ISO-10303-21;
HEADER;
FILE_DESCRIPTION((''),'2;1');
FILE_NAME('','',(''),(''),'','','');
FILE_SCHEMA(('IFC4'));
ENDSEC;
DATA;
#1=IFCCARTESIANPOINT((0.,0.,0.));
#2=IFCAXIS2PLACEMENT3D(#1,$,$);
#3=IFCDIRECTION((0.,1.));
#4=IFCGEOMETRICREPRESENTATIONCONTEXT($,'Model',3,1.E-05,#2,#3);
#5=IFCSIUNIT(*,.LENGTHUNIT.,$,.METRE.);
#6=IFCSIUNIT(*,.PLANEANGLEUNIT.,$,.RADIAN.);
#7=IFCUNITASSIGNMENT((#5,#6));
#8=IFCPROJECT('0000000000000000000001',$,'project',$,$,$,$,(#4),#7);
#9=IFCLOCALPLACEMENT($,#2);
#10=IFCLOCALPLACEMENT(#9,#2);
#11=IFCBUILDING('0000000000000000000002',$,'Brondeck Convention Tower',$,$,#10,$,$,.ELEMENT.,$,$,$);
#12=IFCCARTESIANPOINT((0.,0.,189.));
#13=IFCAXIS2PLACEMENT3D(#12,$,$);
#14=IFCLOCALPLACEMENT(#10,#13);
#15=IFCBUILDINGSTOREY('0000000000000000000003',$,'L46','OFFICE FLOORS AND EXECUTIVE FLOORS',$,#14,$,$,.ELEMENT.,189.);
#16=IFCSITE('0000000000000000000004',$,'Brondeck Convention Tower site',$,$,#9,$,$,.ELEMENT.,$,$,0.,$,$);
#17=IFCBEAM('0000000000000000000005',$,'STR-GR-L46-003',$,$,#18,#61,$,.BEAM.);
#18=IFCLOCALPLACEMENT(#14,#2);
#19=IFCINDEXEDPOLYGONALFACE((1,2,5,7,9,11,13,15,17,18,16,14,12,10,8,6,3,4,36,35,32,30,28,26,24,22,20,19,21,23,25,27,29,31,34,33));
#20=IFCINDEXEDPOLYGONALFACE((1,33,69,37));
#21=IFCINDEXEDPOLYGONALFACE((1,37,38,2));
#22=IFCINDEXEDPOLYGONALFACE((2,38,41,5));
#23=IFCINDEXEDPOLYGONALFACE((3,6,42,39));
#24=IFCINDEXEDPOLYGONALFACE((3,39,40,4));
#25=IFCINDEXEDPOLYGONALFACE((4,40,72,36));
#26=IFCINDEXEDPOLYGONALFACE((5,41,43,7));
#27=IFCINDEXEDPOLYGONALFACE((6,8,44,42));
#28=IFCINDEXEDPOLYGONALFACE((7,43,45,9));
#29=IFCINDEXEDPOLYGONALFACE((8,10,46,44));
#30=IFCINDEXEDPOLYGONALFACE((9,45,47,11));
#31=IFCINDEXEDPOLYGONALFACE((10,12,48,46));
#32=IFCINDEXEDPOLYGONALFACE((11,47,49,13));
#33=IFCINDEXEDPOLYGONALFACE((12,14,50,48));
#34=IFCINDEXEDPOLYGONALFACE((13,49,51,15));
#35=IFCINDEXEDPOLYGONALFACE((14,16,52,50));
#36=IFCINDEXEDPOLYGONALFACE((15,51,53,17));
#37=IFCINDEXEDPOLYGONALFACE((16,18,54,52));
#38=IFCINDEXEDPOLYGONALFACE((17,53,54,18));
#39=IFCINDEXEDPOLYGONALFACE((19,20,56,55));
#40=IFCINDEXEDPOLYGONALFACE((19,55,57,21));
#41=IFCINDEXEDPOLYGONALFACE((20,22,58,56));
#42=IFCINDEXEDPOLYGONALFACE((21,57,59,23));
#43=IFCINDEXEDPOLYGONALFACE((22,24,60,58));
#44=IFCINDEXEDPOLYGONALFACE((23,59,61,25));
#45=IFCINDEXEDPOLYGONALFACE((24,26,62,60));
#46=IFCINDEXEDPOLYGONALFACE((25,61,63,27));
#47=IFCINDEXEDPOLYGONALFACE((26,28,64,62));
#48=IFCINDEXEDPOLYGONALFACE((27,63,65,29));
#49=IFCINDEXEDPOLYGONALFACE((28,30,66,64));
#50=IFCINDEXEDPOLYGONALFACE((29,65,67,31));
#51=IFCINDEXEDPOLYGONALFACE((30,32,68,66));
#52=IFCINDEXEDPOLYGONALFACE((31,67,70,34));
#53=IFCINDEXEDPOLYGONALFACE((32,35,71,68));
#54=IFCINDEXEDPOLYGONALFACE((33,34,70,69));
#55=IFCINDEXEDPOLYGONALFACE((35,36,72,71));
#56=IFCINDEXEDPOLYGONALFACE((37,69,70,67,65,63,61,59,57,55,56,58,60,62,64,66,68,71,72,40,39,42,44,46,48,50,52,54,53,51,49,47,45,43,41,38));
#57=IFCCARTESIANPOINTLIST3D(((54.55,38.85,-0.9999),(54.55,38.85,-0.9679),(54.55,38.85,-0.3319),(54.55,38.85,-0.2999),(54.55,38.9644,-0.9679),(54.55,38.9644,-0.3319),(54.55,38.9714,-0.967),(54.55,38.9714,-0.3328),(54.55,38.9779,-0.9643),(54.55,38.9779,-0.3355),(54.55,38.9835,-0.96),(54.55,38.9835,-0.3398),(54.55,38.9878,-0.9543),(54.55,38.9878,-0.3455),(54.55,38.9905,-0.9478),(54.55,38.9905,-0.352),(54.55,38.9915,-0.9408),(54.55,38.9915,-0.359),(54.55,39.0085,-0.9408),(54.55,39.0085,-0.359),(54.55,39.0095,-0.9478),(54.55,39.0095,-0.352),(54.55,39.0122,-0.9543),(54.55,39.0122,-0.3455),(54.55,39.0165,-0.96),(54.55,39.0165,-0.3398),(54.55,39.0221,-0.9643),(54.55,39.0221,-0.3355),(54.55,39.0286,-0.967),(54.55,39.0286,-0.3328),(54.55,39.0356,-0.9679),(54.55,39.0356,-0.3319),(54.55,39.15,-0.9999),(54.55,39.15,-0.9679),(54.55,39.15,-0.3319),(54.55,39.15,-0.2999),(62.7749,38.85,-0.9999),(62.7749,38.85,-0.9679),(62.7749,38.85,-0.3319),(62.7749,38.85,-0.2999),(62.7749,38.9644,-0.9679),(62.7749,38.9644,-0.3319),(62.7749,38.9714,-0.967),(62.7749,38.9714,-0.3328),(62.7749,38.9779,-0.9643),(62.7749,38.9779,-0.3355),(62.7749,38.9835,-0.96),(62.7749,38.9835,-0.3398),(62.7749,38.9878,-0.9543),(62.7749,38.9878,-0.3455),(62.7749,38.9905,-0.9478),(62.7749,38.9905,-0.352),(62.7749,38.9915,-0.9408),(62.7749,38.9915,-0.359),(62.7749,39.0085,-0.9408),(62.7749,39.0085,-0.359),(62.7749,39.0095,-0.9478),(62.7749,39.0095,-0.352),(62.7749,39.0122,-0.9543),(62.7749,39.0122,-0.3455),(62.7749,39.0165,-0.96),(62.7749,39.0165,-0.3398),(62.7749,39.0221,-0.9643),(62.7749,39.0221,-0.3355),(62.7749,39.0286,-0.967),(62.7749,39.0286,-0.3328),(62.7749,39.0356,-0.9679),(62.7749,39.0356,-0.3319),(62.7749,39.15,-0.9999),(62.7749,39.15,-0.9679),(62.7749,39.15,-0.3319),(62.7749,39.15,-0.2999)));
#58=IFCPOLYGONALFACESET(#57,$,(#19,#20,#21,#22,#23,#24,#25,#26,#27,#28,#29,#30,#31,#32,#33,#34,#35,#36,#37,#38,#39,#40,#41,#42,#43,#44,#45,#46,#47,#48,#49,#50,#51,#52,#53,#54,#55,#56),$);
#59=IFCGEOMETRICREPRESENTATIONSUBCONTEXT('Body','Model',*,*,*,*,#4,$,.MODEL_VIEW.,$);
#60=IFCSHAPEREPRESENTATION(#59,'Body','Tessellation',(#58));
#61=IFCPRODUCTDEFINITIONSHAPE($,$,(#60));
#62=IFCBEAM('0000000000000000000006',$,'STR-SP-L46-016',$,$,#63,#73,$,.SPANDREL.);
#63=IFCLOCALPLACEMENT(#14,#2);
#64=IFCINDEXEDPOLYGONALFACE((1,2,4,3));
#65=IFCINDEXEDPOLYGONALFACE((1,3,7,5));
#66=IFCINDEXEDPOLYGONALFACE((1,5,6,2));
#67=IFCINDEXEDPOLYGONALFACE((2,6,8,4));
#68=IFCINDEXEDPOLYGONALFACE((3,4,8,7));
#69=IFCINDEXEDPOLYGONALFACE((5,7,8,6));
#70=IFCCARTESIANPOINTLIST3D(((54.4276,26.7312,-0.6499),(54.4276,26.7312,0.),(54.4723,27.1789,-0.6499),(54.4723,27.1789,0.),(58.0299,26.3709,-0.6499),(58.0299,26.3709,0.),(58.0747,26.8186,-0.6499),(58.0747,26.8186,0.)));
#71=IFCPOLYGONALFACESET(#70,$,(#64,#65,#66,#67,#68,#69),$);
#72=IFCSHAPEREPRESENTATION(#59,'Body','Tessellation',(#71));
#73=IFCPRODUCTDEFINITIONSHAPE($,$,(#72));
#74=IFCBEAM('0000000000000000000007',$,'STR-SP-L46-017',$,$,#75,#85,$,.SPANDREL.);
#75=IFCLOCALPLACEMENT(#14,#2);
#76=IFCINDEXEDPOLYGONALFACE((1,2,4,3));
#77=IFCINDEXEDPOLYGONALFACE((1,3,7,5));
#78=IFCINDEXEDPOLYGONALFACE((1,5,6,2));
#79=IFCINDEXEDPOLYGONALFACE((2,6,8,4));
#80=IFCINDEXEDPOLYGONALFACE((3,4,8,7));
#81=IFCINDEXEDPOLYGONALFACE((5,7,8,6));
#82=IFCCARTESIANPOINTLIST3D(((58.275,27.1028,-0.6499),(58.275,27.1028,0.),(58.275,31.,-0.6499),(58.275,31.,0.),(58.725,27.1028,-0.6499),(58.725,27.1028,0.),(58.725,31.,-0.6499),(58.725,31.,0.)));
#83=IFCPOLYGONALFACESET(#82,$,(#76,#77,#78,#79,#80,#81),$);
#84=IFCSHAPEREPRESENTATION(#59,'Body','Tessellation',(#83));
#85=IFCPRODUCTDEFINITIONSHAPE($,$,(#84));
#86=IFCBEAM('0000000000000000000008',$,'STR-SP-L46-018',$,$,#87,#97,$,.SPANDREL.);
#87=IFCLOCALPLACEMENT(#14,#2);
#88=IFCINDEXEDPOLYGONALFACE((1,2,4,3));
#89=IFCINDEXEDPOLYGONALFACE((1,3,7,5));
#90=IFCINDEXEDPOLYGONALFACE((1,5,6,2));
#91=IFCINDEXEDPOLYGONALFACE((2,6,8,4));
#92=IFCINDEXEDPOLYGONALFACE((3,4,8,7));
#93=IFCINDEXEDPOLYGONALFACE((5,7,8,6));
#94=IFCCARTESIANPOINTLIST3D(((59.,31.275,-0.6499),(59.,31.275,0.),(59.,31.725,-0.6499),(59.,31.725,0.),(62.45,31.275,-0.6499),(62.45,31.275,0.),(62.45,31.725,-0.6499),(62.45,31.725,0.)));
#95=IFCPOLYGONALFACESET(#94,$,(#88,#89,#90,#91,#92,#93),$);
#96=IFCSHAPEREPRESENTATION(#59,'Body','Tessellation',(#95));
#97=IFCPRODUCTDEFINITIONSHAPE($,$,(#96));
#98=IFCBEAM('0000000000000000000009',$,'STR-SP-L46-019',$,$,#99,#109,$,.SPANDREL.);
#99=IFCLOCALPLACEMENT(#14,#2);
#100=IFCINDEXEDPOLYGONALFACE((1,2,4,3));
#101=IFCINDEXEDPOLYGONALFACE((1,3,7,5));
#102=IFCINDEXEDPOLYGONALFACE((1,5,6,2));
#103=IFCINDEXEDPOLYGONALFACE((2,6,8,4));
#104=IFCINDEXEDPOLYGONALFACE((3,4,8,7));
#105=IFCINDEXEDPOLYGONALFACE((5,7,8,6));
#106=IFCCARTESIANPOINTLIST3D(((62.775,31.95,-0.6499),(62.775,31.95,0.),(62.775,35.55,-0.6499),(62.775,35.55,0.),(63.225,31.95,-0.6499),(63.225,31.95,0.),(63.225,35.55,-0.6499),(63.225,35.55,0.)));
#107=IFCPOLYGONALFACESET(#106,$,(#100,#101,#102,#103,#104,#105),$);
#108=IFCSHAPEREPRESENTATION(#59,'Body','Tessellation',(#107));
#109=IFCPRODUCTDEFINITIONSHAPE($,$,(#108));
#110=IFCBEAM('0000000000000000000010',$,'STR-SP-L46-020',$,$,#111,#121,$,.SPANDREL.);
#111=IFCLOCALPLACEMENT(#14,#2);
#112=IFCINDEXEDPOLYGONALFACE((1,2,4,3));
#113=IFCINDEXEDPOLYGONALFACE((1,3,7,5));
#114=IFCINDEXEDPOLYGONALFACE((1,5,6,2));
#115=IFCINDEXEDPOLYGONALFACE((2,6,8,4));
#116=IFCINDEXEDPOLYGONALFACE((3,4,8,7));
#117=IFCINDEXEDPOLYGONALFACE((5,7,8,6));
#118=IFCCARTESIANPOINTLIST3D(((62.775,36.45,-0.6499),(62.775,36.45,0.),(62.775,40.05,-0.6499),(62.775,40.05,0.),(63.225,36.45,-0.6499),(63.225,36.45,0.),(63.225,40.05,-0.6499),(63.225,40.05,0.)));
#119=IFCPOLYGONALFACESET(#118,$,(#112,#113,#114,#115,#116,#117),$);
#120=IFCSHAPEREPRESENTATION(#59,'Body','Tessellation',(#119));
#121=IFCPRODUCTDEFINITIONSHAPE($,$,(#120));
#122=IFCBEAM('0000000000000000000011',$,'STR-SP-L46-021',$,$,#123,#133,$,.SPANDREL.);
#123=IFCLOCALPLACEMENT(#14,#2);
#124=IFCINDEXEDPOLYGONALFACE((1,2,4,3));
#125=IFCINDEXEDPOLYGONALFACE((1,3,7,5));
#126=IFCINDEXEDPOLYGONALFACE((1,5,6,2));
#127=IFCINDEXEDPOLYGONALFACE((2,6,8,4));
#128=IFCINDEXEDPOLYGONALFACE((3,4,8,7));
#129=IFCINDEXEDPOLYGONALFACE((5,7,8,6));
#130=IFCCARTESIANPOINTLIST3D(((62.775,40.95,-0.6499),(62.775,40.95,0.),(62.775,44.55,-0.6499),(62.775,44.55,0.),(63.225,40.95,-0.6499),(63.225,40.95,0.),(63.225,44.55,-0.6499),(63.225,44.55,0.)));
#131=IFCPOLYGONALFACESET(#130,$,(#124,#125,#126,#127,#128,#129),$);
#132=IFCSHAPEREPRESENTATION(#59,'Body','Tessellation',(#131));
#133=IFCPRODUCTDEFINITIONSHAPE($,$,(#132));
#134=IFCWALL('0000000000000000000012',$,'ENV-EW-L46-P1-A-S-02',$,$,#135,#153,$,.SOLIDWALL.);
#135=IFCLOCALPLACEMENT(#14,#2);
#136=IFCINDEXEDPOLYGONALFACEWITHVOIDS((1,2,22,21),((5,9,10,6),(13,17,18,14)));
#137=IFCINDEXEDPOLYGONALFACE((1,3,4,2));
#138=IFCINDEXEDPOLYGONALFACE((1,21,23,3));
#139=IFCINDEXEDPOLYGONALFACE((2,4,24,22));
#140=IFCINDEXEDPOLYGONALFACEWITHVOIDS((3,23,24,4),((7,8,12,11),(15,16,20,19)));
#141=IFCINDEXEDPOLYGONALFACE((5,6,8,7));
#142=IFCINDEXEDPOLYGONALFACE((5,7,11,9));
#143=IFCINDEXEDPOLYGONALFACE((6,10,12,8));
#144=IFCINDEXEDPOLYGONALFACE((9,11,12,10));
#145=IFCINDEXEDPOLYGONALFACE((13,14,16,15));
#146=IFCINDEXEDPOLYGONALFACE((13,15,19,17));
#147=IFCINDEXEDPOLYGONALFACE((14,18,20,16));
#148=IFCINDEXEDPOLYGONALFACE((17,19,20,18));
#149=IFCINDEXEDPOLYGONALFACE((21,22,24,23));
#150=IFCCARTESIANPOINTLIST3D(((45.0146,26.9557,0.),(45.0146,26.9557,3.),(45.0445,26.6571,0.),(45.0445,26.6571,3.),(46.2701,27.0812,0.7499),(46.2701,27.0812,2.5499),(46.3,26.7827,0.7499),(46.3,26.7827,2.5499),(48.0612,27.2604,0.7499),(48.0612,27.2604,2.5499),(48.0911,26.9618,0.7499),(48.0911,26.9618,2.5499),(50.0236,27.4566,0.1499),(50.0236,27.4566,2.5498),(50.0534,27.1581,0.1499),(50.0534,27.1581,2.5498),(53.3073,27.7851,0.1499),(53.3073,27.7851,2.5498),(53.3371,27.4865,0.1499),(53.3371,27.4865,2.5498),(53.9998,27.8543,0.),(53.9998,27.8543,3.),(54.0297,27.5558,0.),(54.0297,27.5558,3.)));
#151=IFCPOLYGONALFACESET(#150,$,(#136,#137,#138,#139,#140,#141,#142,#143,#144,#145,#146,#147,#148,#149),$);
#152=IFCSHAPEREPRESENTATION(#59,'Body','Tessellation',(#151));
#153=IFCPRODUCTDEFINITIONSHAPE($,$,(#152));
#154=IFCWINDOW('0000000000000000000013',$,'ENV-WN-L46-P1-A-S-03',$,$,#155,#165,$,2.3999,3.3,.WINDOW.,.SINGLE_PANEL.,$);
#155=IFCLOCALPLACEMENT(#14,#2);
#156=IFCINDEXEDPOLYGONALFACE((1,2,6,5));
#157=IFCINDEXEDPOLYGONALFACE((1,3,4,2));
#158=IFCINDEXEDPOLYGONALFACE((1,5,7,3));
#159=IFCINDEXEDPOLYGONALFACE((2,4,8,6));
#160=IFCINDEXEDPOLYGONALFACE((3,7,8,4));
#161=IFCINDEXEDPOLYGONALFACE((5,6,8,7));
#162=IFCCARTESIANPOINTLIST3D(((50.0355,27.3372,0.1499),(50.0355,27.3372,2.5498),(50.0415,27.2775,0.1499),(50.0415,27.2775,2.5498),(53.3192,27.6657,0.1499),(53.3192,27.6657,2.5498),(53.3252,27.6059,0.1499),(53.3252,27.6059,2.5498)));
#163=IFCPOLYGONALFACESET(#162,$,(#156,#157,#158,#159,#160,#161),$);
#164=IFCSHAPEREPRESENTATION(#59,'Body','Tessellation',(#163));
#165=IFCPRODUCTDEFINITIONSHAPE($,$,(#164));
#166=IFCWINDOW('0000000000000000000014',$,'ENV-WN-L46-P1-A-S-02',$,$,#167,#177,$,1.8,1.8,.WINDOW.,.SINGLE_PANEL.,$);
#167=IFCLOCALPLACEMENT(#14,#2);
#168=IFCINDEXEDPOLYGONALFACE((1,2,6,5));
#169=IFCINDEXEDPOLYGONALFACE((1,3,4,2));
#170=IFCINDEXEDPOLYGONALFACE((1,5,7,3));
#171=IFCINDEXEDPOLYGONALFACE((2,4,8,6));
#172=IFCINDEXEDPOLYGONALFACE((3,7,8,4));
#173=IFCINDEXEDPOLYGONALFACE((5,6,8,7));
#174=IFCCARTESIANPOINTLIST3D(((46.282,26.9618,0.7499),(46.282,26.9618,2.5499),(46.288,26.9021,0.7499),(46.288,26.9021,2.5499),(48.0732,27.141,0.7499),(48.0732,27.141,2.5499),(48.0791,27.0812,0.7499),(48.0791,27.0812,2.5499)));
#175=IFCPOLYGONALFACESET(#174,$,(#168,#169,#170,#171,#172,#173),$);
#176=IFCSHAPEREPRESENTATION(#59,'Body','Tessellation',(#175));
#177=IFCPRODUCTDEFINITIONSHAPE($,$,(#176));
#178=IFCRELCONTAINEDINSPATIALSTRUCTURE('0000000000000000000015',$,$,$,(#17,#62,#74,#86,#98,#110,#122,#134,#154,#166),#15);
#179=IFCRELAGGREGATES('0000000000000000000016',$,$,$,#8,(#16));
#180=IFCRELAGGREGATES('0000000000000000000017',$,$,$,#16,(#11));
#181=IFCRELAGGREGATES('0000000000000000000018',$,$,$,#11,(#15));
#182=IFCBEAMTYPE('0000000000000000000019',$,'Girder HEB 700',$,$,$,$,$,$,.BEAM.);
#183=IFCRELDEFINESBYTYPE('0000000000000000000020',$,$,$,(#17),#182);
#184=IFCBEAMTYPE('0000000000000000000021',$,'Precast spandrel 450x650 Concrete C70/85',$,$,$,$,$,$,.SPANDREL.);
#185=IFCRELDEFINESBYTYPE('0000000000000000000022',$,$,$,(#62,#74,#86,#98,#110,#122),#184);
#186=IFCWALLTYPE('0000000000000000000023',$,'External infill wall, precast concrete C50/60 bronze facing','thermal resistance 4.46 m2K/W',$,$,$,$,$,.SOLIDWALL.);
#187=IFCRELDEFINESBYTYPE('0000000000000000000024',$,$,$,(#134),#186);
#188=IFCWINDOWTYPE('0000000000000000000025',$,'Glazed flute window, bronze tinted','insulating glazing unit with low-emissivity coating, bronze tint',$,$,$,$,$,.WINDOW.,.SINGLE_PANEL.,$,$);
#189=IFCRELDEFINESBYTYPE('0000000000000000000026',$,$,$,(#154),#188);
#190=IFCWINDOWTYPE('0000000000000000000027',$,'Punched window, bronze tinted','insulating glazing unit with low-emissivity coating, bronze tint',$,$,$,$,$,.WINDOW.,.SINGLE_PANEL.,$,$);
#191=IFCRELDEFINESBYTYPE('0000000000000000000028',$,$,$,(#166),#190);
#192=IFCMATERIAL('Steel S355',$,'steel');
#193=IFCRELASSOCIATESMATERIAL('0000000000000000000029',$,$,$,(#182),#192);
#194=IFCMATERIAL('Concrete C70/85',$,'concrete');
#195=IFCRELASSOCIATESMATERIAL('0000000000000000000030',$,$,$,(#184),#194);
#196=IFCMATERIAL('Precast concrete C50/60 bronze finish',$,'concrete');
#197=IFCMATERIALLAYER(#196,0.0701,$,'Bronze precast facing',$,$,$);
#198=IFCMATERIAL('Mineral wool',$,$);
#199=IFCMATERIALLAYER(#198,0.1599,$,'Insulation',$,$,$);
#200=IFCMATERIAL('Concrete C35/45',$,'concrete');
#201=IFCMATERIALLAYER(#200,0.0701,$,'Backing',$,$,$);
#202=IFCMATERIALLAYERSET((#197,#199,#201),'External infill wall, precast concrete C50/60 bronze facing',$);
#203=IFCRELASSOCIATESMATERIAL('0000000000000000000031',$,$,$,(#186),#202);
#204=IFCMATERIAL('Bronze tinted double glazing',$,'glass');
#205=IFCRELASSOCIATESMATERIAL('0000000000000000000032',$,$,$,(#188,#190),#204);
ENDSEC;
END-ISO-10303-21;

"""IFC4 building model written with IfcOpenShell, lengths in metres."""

from ifc_helpers import new_model, si_unit, direction, frame, frame_2d, origin, origin_2d, place, context, subcontext, project, spatial, rectangle, i_section, extrude, material, layer, layer_set, material_profile, profile_set, type_object, element, fill, save


model = new_model("IFC4")

# Units and contexts
model_context = context("Model", 3, precision=1e-05, world=origin(), true_north=direction((0.0, 1.0)))
body_context = subcontext(model_context, "Body", "Model", "MODEL_VIEW")
ifc_project = project(units=[si_unit("LENGTHUNIT", "METRE"), si_unit("PLANEANGLEUNIT", "RADIAN")], contexts=[model_context])

# Site, building, storey
site_placement = place(None, origin())
site = spatial("IfcSite", under=ifc_project, at=site_placement, Name="Brondeck Convention Tower site", CompositionType="ELEMENT", RefElevation=0.0)
building_placement = place(site_placement, origin())
building = spatial("IfcBuilding", under=site, at=building_placement, Name="Brondeck Convention Tower", CompositionType="ELEMENT")
storey_placement = place(building_placement, frame((0.0, 0.0, 189.0)))
storey = spatial("IfcBuildingStorey", under=building, at=storey_placement, Name="L46", Description="OFFICE FLOORS AND EXECUTIVE FLOORS", CompositionType="ELEMENT", Elevation=189.0)

# Shared definitions
ifc_material_1 = material(Name="Concrete C70/85", Category="concrete")

# Beams
ifc_material_2 = material(Name="Steel S355", Category="steel")
ifc_material_profile_1 = material_profile(ifc_material_2, i_section(OverallWidth=0.3, OverallDepth=0.7, WebThickness=0.0171, FlangeThickness=0.032, FilletRadius=0.0271, at=origin_2d()), Name="HEB 700")
ifc_profile_set_1 = profile_set([ifc_material_profile_1], Name="Steel S355")
beam_type_1 = type_object("IfcBeamType", Name="Girder HEB 700", PredefinedType="BEAM", material=ifc_profile_set_1)
beam_1_placement = place(storey_placement, frame((54.55, 39.0, -0.6499), z_axis=(1.0, 0.0, 0.0), x_axis=(0.0, 1.0, 0.0)))
element("IfcBeam", 1, at=beam_1_placement, inside=storey, type_object=beam_type_1, Name="STR-GR-L46-003", PredefinedType="BEAM", context=body_context, shape_type="SweptSolid", body=[
    extrude(i_section(OverallWidth=0.3, OverallDepth=0.7, WebThickness=0.0171, FlangeThickness=0.032, FilletRadius=0.0271, at=origin_2d()), origin(), (0.0, 0.0, 1.0), 8.2249),
])
ifc_material_profile_2 = material_profile(ifc_material_1, rectangle(XDim=0.45, YDim=0.6499, at=origin_2d()), Name="Precast spandrel 450x650 Concrete C70/85")
ifc_profile_set_2 = profile_set([ifc_material_profile_2], Name="Concrete C70/85")
beam_type_2 = type_object("IfcBeamType", Name="Precast spandrel 450x650 Concrete C70/85", PredefinedType="SPANDREL", material=ifc_profile_set_2)
beam_2_placement = place(storey_placement, frame((54.45, 26.9551, -0.325), z_axis=(0.995034, -0.099537, 0.0), x_axis=(0.099537, 0.995034, 0.0)))
element("IfcBeam", 2, at=beam_2_placement, inside=storey, type_object=beam_type_2, Name="STR-SP-L46-016", PredefinedType="SPANDREL", context=body_context, shape_type="SweptSolid", body=[
    extrude(rectangle(XDim=0.45, YDim=0.6499, at=origin_2d()), origin(), (0.0, 0.0, 1.0), 3.6204),
])
beam_3_placement = place(storey_placement, frame((58.5, 27.1028, -0.325), z_axis=(0.0, 1.0, 0.0), x_axis=(-1.0, 0.0, 0.0)))
element("IfcBeam", 3, at=beam_3_placement, inside=storey, type_object=beam_type_2, Name="STR-SP-L46-017", PredefinedType="SPANDREL", context=body_context, shape_type="SweptSolid", body=[
    extrude(rectangle(XDim=0.45, YDim=0.6499, at=origin_2d()), origin(), (0.0, 0.0, 1.0), 3.8972),
])
beam_4_placement = place(storey_placement, frame((59.0, 31.5, -0.325), z_axis=(1.0, 0.0, 0.0), x_axis=(0.0, 1.0, 0.0)))
element("IfcBeam", 4, at=beam_4_placement, inside=storey, type_object=beam_type_2, Name="STR-SP-L46-018", PredefinedType="SPANDREL", context=body_context, shape_type="SweptSolid", body=[
    extrude(rectangle(XDim=0.45, YDim=0.6499, at=origin_2d()), origin(), (0.0, 0.0, 1.0), 3.45),
])
for number, where, z_axis, x_axis, name in (
    (5, (63.0, 31.95, -0.325), (0.0, 1.0, 0.0), (-1.0, 0.0, 0.0), "STR-SP-L46-019"),
    (6, (63.0, 36.45, -0.325), (0.0, 1.0, 0.0), (-1.0, 0.0, 0.0), "STR-SP-L46-020"),
    (7, (63.0, 40.95, -0.325), (0.0, 1.0, 0.0), (-1.0, 0.0, 0.0), "STR-SP-L46-021"),
):
    element("IfcBeam", number, at=place(storey_placement, frame(where, z_axis=z_axis, x_axis=x_axis)), inside=storey, type_object=beam_type_2, Name=name, PredefinedType="SPANDREL", context=body_context, shape_type="SweptSolid", body=[
        extrude(rectangle(XDim=0.45, YDim=0.6499, at=origin_2d()), origin(), (0.0, 0.0, 1.0), 3.6001),
    ])

# Wall, openings, windows
ifc_material_3 = material(Name="Precast concrete C50/60 bronze finish", Category="concrete")
ifc_layer_1 = layer(ifc_material_3, 0.0701, Name="Bronze precast facing")
ifc_material_4 = material(Name="Mineral wool")
ifc_layer_2 = layer(ifc_material_4, 0.1599, Name="Insulation")
ifc_material_5 = material(Name="Concrete C35/45", Category="concrete")
ifc_layer_3 = layer(ifc_material_5, 0.0701, Name="Backing")
ifc_layer_set_1 = layer_set([ifc_layer_1, ifc_layer_2, ifc_layer_3], Name="External infill wall, precast concrete C50/60 bronze facing")
wall_type_1 = type_object("IfcWallType", Name="External infill wall, precast concrete C50/60 bronze facing", Description="thermal resistance 4.46 m2K/W", PredefinedType="SOLIDWALL", material=ifc_layer_set_1)
wall_1_placement = place(storey_placement, frame((54.0149, 27.7051, 0.0), z_axis=(0.0, 0.0, 1.0), x_axis=(-0.995035, -0.099522, 0.0)))
wall_1 = element("IfcWall", 8, at=wall_1_placement, inside=storey, type_object=wall_type_1, Name="ENV-EW-L46-P1-A-S-02", PredefinedType="SOLIDWALL", context=body_context, shape_type="SweptSolid", body=[
    extrude(rectangle(XDim=9.03, YDim=0.3, at=frame_2d((4.5151, 0.0))), origin(), (0.0, 0.0, 1.0), 3.0),
])
opening_1_placement = place(wall_1_placement, frame((0.6963, 0.0, 0.1499)))
opening_1 = element("IfcOpeningElement", 9, at=opening_1_placement, cuts=wall_1, PredefinedType="OPENING", context=body_context, shape_type="SweptSolid", body=[
    extrude(rectangle(XDim=3.3, YDim=2.3999, at=frame_2d((1.6499, 1.2))), frame((0.0, 0.1599, 0.0), z_axis=(0.0, -1.0, 0.0), x_axis=(1.0, 0.0, 0.0)), (0.0, 0.0, 1.0), 0.3201),
])
opening_2_placement = place(wall_1_placement, frame((5.9685, 0.0, 0.75)))
opening_2 = element("IfcOpeningElement", 10, at=opening_2_placement, cuts=wall_1, PredefinedType="OPENING", context=body_context, shape_type="SweptSolid", body=[
    extrude(rectangle(XDim=1.8, YDim=1.8, at=frame_2d((0.8999, 0.8999))), frame((0.0, 0.1599, 0.0), z_axis=(0.0, -1.0, 0.0), x_axis=(1.0, 0.0, 0.0)), (0.0, 0.0, 1.0), 0.3201),
])
ifc_material_6 = material(Name="Bronze tinted double glazing", Category="glass")
window_type_1 = type_object("IfcWindowType", Name="Glazed flute window, bronze tinted", Description="insulating glazing unit with low-emissivity coating, bronze tint", PartitioningType="SINGLE_PANEL", PredefinedType="WINDOW", material=ifc_material_6)
window_1_placement = place(opening_1_placement, origin())
window_1 = element("IfcWindow", 11, at=window_1_placement, inside=storey, type_object=window_type_1, Name="ENV-WN-L46-P1-A-S-03", OverallHeight=2.3999, OverallWidth=3.3, PartitioningType="SINGLE_PANEL", PredefinedType="WINDOW", context=body_context, shape_type="SweptSolid", body=[
    extrude(rectangle(XDim=3.3, YDim=2.3999, at=frame_2d((1.6499, 1.2))), frame((0.0, 0.03, 0.0), z_axis=(0.0, -1.0, 0.0), x_axis=(1.0, 0.0, 0.0)), (0.0, 0.0, 1.0), 0.0601),
])
fill(opening_1, window_1)
window_type_2 = type_object("IfcWindowType", Name="Punched window, bronze tinted", Description="insulating glazing unit with low-emissivity coating, bronze tint", PartitioningType="SINGLE_PANEL", PredefinedType="WINDOW", material=ifc_material_6)
window_2_placement = place(opening_2_placement, origin())
window_2 = element("IfcWindow", 12, at=window_2_placement, inside=storey, type_object=window_type_2, Name="ENV-WN-L46-P1-A-S-02", OverallHeight=1.8, OverallWidth=1.8, PartitioningType="SINGLE_PANEL", PredefinedType="WINDOW", context=body_context, shape_type="SweptSolid", body=[
    extrude(rectangle(XDim=1.8, YDim=1.8, at=frame_2d((0.8999, 0.8999))), frame((0.0, 0.03, 0.0), z_axis=(0.0, -1.0, 0.0), x_axis=(1.0, 0.0, 0.0)), (0.0, 0.0, 1.0), 0.0601),
])
fill(opening_2, window_2)

save(model, "model.ifc")
